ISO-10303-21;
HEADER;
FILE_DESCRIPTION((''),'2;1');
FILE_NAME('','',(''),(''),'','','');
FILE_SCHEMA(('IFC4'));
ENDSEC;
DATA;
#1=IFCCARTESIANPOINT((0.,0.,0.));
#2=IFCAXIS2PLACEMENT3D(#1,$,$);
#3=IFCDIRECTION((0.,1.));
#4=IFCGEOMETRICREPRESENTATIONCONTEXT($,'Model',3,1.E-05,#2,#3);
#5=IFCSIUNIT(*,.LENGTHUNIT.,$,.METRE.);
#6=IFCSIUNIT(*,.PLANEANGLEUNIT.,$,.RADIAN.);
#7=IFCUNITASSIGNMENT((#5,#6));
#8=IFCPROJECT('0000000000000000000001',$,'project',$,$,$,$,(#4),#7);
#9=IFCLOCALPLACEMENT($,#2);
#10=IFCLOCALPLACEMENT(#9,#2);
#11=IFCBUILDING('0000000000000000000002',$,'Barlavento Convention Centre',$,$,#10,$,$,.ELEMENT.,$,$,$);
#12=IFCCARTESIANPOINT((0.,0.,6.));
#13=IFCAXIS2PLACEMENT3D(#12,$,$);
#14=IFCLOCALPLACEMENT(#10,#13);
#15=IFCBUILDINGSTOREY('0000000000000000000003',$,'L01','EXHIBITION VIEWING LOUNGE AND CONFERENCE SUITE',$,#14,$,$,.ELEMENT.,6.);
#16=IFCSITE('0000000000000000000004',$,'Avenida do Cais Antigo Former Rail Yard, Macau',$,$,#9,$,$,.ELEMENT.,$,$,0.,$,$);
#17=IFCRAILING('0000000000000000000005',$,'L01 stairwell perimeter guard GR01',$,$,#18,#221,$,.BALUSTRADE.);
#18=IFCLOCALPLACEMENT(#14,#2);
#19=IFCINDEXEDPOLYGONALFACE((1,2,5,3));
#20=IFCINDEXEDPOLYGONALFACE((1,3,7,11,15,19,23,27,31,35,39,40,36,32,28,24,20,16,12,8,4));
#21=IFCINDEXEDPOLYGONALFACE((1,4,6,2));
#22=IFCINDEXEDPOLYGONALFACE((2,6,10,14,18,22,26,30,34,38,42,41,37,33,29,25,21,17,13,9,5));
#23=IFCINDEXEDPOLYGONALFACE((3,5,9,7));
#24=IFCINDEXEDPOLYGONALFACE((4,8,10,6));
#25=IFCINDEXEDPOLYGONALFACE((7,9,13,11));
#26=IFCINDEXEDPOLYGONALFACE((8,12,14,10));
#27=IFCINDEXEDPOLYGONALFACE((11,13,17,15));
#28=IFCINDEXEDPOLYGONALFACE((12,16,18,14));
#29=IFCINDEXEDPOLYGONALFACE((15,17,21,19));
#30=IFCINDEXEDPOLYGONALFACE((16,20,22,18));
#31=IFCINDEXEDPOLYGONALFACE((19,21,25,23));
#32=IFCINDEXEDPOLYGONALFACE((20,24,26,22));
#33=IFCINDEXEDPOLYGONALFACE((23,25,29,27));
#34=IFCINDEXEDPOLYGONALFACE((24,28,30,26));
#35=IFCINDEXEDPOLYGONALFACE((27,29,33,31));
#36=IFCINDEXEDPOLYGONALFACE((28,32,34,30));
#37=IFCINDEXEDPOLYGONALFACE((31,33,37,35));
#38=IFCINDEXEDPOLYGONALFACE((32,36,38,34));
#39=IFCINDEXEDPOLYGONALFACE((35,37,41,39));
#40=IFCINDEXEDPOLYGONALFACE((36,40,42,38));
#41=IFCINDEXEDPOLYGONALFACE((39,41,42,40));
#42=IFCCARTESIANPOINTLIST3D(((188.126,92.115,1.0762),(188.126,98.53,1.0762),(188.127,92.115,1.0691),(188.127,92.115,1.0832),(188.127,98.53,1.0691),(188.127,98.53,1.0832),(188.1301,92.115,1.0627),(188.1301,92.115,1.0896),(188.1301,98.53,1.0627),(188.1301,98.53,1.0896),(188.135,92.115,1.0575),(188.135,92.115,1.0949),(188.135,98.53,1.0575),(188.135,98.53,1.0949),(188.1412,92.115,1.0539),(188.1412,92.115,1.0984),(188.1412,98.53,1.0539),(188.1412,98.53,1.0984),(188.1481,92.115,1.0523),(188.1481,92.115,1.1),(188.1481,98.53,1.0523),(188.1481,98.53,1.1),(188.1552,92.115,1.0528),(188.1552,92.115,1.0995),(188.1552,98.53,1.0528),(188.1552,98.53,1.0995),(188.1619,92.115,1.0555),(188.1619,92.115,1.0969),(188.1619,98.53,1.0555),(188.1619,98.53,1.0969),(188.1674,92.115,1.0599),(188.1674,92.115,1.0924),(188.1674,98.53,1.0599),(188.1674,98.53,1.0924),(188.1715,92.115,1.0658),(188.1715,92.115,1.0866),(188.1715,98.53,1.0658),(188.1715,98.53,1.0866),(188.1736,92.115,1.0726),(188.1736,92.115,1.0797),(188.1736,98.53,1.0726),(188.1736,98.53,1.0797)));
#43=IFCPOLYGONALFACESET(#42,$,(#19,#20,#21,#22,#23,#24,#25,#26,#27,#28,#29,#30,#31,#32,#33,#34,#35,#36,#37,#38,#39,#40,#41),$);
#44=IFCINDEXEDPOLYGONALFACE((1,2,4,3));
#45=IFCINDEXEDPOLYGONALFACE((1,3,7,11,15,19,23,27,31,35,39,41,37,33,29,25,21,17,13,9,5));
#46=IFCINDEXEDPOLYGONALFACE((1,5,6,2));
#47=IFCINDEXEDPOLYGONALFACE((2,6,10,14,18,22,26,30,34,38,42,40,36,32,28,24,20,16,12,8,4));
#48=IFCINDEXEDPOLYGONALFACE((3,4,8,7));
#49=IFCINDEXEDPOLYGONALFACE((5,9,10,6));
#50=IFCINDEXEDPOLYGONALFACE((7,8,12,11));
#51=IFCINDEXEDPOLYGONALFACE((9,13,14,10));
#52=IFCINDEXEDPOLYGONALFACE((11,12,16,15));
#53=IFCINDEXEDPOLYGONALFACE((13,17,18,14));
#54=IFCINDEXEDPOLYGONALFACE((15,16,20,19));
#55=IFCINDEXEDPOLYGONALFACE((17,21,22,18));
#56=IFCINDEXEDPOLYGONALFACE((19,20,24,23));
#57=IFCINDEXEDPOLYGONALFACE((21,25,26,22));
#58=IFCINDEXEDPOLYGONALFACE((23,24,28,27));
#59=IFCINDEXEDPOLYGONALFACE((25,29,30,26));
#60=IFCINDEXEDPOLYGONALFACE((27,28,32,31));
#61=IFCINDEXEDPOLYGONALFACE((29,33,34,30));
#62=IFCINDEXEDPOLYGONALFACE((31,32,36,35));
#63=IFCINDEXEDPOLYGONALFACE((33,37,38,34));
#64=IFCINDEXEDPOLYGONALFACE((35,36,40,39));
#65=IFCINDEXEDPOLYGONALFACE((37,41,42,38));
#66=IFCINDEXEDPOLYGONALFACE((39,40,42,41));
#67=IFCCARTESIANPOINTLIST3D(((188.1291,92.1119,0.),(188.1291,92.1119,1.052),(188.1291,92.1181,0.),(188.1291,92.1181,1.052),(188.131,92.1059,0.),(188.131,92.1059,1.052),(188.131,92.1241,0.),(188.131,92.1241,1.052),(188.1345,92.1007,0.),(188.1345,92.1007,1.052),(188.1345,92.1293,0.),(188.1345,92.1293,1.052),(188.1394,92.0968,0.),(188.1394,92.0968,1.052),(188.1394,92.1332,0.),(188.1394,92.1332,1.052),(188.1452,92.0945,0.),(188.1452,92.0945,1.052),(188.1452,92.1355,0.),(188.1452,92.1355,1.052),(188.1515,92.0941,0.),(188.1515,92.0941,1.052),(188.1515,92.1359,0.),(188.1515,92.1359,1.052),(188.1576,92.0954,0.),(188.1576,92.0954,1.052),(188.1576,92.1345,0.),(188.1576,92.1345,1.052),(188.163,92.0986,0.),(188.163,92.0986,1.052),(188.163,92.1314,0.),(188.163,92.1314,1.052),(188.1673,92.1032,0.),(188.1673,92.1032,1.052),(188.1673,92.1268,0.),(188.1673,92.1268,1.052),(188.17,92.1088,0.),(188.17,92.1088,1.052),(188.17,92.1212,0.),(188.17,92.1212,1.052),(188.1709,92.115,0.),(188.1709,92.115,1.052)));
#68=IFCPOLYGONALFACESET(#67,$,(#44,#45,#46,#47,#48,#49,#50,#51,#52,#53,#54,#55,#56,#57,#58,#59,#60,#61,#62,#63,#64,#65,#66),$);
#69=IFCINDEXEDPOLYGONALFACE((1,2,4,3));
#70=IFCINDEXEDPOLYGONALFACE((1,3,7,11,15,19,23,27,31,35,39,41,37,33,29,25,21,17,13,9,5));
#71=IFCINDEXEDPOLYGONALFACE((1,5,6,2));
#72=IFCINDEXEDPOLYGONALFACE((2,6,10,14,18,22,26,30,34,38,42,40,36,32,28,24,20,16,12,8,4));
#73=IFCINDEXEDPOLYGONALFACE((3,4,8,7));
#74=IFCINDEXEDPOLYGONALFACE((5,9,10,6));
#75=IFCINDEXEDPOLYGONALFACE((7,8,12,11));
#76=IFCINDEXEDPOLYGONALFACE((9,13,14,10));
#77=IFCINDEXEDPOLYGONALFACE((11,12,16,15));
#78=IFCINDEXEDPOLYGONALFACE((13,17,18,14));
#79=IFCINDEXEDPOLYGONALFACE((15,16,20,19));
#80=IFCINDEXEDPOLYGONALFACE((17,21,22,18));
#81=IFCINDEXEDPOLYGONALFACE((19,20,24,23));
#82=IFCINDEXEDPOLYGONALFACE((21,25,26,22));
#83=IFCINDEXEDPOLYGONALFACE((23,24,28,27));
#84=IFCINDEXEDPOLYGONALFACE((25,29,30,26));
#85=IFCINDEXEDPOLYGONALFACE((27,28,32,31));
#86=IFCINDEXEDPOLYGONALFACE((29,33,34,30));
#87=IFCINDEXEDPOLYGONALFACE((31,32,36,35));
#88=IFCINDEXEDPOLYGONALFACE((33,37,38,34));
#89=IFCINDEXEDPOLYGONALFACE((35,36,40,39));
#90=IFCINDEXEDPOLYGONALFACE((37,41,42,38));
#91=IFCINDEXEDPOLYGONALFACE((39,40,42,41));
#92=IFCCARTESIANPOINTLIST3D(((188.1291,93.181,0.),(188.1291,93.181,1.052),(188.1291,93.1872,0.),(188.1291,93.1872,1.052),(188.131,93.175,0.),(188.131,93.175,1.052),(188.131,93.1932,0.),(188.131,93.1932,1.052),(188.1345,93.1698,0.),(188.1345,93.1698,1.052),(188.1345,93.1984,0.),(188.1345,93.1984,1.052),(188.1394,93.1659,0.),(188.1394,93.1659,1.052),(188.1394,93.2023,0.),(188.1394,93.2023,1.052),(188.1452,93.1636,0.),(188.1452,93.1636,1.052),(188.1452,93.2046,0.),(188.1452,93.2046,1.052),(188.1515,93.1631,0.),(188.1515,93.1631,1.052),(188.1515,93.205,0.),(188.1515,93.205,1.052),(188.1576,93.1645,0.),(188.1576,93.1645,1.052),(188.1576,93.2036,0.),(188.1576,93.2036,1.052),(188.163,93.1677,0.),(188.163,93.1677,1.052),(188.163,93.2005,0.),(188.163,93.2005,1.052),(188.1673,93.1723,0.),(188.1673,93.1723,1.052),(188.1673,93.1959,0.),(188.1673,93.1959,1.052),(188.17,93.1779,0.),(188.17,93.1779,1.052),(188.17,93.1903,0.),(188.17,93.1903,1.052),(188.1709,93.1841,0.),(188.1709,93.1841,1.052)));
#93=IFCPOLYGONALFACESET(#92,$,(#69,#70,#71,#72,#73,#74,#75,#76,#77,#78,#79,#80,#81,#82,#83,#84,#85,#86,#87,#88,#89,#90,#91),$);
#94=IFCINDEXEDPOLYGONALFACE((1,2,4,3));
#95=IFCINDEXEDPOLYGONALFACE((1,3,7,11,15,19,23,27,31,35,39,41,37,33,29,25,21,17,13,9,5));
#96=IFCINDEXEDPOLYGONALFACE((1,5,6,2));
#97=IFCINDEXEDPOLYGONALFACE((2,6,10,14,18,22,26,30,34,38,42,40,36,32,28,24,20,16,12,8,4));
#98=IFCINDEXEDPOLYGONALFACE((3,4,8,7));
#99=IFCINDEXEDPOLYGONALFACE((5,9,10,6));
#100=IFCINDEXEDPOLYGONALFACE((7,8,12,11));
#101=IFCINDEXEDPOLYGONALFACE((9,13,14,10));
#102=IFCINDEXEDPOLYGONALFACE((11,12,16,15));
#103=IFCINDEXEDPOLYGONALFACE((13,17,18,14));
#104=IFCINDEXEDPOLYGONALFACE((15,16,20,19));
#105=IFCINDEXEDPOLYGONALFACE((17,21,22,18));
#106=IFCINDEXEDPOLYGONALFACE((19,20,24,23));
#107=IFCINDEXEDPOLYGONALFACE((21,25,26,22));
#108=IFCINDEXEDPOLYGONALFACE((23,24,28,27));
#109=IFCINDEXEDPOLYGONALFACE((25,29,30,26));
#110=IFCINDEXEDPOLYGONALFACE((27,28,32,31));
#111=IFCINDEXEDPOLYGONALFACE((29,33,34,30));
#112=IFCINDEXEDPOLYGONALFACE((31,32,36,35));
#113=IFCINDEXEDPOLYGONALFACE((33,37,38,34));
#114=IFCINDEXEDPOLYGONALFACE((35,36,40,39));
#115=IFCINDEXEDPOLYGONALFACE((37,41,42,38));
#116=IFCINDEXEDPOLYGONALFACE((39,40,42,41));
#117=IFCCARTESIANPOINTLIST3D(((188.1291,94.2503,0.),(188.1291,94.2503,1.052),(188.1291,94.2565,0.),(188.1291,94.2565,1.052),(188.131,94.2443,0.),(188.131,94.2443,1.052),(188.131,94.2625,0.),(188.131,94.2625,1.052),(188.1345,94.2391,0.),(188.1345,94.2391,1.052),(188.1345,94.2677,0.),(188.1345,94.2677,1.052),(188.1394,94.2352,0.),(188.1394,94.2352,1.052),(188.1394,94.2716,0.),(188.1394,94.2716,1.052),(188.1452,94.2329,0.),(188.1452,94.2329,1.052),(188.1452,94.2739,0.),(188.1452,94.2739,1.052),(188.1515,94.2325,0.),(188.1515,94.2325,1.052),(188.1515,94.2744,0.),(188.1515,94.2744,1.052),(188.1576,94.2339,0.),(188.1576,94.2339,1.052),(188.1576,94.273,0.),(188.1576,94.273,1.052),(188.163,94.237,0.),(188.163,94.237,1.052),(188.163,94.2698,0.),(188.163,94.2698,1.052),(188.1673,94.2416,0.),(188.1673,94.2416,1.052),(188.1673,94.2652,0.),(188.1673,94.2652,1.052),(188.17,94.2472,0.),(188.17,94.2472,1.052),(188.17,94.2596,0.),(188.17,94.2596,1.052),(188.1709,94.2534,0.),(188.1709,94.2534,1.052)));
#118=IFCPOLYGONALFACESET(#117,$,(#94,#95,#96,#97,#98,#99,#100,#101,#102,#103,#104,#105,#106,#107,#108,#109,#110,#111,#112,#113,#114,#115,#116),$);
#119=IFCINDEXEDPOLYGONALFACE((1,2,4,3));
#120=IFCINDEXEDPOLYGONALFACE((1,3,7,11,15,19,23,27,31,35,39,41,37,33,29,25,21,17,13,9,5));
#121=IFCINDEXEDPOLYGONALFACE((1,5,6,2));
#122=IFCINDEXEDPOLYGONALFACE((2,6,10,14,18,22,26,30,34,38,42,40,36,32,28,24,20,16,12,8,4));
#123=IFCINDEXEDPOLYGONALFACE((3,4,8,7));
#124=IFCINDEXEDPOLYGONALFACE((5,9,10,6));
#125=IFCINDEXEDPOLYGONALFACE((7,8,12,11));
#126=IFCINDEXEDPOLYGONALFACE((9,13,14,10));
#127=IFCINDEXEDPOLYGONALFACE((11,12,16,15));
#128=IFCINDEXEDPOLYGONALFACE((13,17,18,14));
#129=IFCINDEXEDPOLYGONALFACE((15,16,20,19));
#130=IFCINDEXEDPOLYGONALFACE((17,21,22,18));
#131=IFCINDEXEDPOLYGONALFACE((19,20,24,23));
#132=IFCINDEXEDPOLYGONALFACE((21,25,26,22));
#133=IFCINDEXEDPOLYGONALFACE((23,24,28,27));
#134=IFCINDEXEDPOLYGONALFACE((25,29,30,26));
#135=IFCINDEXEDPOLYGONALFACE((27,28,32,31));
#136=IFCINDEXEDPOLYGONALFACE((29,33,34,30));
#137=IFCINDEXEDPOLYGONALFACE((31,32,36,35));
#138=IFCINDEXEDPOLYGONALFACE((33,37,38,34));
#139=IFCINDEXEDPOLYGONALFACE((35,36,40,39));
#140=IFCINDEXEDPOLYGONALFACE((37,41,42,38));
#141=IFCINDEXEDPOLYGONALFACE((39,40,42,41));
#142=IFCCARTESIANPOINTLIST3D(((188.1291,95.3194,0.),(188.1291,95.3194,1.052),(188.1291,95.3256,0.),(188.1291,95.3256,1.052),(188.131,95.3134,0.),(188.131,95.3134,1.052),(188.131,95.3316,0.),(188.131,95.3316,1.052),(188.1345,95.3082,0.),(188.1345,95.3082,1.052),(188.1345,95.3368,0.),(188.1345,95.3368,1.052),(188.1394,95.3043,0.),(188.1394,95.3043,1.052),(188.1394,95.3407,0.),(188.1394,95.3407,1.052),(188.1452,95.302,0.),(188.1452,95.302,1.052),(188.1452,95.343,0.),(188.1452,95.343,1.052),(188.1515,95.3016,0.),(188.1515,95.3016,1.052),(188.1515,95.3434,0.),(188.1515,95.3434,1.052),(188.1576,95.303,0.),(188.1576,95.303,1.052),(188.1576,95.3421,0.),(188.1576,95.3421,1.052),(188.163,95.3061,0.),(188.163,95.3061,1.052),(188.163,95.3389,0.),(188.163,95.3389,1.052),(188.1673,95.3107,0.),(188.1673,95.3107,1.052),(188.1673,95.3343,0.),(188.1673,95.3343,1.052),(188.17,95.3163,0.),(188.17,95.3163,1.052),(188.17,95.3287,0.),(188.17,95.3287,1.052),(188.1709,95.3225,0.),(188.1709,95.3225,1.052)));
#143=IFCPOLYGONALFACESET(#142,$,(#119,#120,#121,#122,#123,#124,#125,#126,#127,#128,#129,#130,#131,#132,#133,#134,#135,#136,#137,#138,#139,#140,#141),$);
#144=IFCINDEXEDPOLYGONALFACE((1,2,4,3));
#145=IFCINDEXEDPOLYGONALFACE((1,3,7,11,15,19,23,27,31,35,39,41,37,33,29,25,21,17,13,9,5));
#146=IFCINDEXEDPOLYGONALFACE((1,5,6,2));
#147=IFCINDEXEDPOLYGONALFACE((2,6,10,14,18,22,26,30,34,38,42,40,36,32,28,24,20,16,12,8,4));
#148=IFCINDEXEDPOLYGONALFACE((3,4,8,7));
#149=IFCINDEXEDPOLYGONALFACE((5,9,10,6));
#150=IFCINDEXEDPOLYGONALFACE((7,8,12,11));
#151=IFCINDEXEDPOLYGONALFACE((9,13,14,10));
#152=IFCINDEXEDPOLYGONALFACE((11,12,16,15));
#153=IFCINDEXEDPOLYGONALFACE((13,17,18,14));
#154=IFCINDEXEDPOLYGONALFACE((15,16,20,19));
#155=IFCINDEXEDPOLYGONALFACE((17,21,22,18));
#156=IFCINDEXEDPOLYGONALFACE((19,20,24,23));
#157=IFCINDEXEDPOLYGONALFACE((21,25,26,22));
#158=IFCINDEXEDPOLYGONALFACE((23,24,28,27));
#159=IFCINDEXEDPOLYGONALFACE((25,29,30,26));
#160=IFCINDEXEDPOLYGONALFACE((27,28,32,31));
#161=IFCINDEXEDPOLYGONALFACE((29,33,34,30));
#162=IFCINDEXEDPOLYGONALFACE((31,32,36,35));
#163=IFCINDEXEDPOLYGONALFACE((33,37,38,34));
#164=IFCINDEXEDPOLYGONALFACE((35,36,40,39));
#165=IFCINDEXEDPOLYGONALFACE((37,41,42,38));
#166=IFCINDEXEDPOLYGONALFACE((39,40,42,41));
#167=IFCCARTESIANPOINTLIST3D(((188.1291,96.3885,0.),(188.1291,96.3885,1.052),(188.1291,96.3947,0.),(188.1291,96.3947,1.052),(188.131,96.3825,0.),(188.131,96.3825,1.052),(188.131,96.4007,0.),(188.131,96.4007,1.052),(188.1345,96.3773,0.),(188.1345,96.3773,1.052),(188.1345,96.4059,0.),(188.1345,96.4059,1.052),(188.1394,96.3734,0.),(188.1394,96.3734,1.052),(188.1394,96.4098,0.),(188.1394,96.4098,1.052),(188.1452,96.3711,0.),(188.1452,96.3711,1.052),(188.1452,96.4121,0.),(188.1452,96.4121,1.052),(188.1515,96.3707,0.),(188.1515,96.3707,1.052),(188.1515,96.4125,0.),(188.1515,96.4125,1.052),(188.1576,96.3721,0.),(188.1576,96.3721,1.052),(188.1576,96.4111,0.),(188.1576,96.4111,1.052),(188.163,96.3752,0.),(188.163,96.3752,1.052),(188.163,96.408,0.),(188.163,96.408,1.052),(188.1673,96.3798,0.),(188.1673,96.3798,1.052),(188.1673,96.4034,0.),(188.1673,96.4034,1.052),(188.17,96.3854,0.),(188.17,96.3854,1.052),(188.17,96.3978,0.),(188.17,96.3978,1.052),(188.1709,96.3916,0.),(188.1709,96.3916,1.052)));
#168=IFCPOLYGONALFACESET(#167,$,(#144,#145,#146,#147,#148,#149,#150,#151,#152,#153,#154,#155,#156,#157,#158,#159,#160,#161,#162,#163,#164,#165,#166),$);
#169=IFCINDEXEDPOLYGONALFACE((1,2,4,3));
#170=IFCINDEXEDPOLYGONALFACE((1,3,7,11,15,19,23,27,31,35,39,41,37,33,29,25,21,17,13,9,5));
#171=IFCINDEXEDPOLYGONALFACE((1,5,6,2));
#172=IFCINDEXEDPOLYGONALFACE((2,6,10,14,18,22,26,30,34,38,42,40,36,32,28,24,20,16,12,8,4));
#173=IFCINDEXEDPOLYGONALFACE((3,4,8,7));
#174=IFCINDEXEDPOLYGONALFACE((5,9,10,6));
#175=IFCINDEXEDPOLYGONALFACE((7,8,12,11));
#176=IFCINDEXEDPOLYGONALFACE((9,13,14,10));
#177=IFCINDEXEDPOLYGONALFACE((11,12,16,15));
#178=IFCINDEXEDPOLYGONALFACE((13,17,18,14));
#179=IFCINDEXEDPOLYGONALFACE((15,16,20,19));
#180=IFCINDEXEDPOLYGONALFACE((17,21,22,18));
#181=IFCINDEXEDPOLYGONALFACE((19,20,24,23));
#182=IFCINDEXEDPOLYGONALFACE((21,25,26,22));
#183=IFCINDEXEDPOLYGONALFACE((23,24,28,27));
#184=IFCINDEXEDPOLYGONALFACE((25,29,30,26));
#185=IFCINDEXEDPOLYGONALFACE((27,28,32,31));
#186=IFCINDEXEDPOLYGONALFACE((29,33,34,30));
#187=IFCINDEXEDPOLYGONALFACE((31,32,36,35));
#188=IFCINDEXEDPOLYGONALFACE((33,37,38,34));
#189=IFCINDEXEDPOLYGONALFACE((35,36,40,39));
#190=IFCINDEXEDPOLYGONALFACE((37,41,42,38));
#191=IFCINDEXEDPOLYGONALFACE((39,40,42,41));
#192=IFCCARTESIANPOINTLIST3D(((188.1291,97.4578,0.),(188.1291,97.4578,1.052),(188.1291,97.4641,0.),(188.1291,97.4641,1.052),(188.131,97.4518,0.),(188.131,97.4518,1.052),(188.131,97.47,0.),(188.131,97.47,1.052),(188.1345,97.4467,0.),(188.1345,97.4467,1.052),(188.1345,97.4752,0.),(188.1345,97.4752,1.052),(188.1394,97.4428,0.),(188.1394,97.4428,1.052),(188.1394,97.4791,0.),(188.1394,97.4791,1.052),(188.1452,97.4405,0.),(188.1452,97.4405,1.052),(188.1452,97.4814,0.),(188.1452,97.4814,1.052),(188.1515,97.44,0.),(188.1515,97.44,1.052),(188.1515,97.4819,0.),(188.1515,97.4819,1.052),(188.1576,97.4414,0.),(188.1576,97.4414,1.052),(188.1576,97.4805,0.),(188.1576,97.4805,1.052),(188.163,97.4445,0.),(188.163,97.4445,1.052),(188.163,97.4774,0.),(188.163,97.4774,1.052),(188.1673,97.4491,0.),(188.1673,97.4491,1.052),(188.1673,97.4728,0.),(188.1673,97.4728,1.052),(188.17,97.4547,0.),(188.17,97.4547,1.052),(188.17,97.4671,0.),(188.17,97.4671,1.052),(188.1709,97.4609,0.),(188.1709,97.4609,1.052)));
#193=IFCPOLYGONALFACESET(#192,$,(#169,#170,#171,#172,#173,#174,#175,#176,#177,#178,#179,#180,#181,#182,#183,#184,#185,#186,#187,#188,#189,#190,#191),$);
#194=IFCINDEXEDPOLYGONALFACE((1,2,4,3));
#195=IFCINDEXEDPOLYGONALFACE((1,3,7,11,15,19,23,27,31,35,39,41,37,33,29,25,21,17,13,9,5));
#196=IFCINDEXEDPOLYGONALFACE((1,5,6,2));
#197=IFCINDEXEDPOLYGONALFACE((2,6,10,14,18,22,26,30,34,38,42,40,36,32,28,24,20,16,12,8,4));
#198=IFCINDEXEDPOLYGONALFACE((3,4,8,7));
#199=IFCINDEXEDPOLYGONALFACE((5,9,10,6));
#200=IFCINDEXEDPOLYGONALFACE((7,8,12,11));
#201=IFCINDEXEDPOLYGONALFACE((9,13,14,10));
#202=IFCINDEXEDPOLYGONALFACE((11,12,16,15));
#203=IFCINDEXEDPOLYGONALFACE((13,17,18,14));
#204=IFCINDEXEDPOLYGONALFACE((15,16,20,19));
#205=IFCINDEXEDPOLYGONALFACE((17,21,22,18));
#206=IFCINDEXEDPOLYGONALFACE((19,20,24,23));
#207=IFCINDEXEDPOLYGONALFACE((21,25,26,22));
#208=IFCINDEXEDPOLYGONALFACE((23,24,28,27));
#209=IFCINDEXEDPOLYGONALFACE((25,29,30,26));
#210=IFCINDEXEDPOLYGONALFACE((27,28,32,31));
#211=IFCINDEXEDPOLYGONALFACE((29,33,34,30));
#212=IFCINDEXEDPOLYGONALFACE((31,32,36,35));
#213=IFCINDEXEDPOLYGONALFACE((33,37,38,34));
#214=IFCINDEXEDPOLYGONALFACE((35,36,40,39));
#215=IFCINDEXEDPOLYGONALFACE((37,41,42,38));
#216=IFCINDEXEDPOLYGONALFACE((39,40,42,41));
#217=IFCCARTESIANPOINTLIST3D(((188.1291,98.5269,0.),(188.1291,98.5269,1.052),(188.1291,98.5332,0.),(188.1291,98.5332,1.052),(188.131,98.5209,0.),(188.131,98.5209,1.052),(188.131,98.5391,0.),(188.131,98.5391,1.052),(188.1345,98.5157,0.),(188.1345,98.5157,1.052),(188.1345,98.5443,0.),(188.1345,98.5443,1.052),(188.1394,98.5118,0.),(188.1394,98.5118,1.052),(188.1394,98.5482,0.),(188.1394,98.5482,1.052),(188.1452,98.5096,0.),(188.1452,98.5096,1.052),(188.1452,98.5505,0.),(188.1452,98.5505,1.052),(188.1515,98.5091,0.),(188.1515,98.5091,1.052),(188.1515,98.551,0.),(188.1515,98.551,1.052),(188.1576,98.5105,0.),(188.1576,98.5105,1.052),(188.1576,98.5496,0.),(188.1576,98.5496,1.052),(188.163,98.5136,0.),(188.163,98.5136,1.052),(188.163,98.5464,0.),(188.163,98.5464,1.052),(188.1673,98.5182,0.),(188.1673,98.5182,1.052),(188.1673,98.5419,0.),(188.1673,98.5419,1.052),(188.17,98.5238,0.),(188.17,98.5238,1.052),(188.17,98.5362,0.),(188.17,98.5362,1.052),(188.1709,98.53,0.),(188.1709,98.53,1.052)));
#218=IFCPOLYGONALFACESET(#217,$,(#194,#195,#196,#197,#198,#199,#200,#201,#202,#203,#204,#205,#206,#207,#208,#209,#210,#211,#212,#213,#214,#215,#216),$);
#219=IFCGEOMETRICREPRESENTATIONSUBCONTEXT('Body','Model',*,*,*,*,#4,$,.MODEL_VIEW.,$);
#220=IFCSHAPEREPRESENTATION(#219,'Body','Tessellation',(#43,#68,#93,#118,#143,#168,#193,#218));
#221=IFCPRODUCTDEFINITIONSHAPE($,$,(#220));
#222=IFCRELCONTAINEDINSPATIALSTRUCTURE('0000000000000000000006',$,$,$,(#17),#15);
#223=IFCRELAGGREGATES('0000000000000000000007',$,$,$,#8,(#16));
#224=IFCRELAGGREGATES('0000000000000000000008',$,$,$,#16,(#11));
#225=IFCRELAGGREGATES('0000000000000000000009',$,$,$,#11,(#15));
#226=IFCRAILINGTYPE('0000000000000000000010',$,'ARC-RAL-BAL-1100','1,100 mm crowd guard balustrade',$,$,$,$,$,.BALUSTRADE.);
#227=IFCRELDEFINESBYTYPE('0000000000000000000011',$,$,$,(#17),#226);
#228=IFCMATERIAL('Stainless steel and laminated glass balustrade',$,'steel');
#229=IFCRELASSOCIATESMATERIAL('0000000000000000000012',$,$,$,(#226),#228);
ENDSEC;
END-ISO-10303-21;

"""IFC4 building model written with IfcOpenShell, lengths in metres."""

from ifc_helpers import new_model, si_unit, direction, frame, origin, origin_2d, place, context, subcontext, project, spatial, circle, extrude, material, type_object, element, save


model = new_model("IFC4")

# Units and contexts
model_context = context("Model", 3, precision=1e-05, world=origin(), true_north=direction((0.0, 1.0)))
body_context = subcontext(model_context, "Body", "Model", "MODEL_VIEW")
ifc_project = project(units=[si_unit("LENGTHUNIT", "METRE"), si_unit("PLANEANGLEUNIT", "RADIAN")], contexts=[model_context])

# Site, building, storey
site_placement = place(None, origin())
site = spatial("IfcSite", under=ifc_project, at=site_placement, Name="Avenida do Cais Antigo Former Rail Yard, Macau", CompositionType="ELEMENT", RefElevation=0.0)
building_placement = place(site_placement, origin())
building = spatial("IfcBuilding", under=site, at=building_placement, Name="Barlavento Convention Centre", CompositionType="ELEMENT")
storey_placement = place(building_placement, frame((0.0, 0.0, 6.0)))
storey = spatial("IfcBuildingStorey", under=building, at=storey_placement, Name="L01", Description="EXHIBITION VIEWING LOUNGE AND CONFERENCE SUITE", CompositionType="ELEMENT", Elevation=6.0)

# Railing
ifc_material_1 = material(Name="Stainless steel and laminated glass balustrade", Category="steel")
railing_type_1 = type_object("IfcRailingType", Name="ARC-RAL-BAL-1100", Description="1,100 mm crowd guard balustrade", PredefinedType="BALUSTRADE", material=ifc_material_1)
railing_1_placement = place(storey_placement, frame((188.1499, 92.115, 0.0)))
element("IfcRailing", 1, at=railing_1_placement, inside=storey, type_object=railing_type_1, Name="L01 stairwell perimeter guard GR01", PredefinedType="BALUSTRADE", context=body_context, shape_type="SweptSolid", body=[
    extrude(circle(Radius=0.0239, at=origin_2d()), frame((0.0, 0.0, 1.0762), z_axis=(0.0, 1.0, 0.0), x_axis=(-1.0, 0.0, 0.0)), (0.0, 0.0, 1.0), 6.415),
    extrude(circle(Radius=0.021, at=origin_2d()), origin(), (0.0, 0.0, 1.0), 1.052),
    extrude(circle(Radius=0.021, at=origin_2d()), frame((0.0, 1.0691, 0.0)), (0.0, 0.0, 1.0), 1.052),
    extrude(circle(Radius=0.021, at=origin_2d()), frame((0.0, 2.1384, 0.0)), (0.0, 0.0, 1.0), 1.052),
    extrude(circle(Radius=0.021, at=origin_2d()), frame((0.0, 3.2075, 0.0)), (0.0, 0.0, 1.0), 1.052),
    extrude(circle(Radius=0.021, at=origin_2d()), frame((0.0, 4.2766, 0.0)), (0.0, 0.0, 1.0), 1.052),
    extrude(circle(Radius=0.021, at=origin_2d()), frame((0.0, 5.3459, 0.0)), (0.0, 0.0, 1.0), 1.052),
    extrude(circle(Radius=0.021, at=origin_2d()), frame((0.0, 6.415, 0.0)), (0.0, 0.0, 1.0), 1.052),
])

save(model, "model.ifc")
